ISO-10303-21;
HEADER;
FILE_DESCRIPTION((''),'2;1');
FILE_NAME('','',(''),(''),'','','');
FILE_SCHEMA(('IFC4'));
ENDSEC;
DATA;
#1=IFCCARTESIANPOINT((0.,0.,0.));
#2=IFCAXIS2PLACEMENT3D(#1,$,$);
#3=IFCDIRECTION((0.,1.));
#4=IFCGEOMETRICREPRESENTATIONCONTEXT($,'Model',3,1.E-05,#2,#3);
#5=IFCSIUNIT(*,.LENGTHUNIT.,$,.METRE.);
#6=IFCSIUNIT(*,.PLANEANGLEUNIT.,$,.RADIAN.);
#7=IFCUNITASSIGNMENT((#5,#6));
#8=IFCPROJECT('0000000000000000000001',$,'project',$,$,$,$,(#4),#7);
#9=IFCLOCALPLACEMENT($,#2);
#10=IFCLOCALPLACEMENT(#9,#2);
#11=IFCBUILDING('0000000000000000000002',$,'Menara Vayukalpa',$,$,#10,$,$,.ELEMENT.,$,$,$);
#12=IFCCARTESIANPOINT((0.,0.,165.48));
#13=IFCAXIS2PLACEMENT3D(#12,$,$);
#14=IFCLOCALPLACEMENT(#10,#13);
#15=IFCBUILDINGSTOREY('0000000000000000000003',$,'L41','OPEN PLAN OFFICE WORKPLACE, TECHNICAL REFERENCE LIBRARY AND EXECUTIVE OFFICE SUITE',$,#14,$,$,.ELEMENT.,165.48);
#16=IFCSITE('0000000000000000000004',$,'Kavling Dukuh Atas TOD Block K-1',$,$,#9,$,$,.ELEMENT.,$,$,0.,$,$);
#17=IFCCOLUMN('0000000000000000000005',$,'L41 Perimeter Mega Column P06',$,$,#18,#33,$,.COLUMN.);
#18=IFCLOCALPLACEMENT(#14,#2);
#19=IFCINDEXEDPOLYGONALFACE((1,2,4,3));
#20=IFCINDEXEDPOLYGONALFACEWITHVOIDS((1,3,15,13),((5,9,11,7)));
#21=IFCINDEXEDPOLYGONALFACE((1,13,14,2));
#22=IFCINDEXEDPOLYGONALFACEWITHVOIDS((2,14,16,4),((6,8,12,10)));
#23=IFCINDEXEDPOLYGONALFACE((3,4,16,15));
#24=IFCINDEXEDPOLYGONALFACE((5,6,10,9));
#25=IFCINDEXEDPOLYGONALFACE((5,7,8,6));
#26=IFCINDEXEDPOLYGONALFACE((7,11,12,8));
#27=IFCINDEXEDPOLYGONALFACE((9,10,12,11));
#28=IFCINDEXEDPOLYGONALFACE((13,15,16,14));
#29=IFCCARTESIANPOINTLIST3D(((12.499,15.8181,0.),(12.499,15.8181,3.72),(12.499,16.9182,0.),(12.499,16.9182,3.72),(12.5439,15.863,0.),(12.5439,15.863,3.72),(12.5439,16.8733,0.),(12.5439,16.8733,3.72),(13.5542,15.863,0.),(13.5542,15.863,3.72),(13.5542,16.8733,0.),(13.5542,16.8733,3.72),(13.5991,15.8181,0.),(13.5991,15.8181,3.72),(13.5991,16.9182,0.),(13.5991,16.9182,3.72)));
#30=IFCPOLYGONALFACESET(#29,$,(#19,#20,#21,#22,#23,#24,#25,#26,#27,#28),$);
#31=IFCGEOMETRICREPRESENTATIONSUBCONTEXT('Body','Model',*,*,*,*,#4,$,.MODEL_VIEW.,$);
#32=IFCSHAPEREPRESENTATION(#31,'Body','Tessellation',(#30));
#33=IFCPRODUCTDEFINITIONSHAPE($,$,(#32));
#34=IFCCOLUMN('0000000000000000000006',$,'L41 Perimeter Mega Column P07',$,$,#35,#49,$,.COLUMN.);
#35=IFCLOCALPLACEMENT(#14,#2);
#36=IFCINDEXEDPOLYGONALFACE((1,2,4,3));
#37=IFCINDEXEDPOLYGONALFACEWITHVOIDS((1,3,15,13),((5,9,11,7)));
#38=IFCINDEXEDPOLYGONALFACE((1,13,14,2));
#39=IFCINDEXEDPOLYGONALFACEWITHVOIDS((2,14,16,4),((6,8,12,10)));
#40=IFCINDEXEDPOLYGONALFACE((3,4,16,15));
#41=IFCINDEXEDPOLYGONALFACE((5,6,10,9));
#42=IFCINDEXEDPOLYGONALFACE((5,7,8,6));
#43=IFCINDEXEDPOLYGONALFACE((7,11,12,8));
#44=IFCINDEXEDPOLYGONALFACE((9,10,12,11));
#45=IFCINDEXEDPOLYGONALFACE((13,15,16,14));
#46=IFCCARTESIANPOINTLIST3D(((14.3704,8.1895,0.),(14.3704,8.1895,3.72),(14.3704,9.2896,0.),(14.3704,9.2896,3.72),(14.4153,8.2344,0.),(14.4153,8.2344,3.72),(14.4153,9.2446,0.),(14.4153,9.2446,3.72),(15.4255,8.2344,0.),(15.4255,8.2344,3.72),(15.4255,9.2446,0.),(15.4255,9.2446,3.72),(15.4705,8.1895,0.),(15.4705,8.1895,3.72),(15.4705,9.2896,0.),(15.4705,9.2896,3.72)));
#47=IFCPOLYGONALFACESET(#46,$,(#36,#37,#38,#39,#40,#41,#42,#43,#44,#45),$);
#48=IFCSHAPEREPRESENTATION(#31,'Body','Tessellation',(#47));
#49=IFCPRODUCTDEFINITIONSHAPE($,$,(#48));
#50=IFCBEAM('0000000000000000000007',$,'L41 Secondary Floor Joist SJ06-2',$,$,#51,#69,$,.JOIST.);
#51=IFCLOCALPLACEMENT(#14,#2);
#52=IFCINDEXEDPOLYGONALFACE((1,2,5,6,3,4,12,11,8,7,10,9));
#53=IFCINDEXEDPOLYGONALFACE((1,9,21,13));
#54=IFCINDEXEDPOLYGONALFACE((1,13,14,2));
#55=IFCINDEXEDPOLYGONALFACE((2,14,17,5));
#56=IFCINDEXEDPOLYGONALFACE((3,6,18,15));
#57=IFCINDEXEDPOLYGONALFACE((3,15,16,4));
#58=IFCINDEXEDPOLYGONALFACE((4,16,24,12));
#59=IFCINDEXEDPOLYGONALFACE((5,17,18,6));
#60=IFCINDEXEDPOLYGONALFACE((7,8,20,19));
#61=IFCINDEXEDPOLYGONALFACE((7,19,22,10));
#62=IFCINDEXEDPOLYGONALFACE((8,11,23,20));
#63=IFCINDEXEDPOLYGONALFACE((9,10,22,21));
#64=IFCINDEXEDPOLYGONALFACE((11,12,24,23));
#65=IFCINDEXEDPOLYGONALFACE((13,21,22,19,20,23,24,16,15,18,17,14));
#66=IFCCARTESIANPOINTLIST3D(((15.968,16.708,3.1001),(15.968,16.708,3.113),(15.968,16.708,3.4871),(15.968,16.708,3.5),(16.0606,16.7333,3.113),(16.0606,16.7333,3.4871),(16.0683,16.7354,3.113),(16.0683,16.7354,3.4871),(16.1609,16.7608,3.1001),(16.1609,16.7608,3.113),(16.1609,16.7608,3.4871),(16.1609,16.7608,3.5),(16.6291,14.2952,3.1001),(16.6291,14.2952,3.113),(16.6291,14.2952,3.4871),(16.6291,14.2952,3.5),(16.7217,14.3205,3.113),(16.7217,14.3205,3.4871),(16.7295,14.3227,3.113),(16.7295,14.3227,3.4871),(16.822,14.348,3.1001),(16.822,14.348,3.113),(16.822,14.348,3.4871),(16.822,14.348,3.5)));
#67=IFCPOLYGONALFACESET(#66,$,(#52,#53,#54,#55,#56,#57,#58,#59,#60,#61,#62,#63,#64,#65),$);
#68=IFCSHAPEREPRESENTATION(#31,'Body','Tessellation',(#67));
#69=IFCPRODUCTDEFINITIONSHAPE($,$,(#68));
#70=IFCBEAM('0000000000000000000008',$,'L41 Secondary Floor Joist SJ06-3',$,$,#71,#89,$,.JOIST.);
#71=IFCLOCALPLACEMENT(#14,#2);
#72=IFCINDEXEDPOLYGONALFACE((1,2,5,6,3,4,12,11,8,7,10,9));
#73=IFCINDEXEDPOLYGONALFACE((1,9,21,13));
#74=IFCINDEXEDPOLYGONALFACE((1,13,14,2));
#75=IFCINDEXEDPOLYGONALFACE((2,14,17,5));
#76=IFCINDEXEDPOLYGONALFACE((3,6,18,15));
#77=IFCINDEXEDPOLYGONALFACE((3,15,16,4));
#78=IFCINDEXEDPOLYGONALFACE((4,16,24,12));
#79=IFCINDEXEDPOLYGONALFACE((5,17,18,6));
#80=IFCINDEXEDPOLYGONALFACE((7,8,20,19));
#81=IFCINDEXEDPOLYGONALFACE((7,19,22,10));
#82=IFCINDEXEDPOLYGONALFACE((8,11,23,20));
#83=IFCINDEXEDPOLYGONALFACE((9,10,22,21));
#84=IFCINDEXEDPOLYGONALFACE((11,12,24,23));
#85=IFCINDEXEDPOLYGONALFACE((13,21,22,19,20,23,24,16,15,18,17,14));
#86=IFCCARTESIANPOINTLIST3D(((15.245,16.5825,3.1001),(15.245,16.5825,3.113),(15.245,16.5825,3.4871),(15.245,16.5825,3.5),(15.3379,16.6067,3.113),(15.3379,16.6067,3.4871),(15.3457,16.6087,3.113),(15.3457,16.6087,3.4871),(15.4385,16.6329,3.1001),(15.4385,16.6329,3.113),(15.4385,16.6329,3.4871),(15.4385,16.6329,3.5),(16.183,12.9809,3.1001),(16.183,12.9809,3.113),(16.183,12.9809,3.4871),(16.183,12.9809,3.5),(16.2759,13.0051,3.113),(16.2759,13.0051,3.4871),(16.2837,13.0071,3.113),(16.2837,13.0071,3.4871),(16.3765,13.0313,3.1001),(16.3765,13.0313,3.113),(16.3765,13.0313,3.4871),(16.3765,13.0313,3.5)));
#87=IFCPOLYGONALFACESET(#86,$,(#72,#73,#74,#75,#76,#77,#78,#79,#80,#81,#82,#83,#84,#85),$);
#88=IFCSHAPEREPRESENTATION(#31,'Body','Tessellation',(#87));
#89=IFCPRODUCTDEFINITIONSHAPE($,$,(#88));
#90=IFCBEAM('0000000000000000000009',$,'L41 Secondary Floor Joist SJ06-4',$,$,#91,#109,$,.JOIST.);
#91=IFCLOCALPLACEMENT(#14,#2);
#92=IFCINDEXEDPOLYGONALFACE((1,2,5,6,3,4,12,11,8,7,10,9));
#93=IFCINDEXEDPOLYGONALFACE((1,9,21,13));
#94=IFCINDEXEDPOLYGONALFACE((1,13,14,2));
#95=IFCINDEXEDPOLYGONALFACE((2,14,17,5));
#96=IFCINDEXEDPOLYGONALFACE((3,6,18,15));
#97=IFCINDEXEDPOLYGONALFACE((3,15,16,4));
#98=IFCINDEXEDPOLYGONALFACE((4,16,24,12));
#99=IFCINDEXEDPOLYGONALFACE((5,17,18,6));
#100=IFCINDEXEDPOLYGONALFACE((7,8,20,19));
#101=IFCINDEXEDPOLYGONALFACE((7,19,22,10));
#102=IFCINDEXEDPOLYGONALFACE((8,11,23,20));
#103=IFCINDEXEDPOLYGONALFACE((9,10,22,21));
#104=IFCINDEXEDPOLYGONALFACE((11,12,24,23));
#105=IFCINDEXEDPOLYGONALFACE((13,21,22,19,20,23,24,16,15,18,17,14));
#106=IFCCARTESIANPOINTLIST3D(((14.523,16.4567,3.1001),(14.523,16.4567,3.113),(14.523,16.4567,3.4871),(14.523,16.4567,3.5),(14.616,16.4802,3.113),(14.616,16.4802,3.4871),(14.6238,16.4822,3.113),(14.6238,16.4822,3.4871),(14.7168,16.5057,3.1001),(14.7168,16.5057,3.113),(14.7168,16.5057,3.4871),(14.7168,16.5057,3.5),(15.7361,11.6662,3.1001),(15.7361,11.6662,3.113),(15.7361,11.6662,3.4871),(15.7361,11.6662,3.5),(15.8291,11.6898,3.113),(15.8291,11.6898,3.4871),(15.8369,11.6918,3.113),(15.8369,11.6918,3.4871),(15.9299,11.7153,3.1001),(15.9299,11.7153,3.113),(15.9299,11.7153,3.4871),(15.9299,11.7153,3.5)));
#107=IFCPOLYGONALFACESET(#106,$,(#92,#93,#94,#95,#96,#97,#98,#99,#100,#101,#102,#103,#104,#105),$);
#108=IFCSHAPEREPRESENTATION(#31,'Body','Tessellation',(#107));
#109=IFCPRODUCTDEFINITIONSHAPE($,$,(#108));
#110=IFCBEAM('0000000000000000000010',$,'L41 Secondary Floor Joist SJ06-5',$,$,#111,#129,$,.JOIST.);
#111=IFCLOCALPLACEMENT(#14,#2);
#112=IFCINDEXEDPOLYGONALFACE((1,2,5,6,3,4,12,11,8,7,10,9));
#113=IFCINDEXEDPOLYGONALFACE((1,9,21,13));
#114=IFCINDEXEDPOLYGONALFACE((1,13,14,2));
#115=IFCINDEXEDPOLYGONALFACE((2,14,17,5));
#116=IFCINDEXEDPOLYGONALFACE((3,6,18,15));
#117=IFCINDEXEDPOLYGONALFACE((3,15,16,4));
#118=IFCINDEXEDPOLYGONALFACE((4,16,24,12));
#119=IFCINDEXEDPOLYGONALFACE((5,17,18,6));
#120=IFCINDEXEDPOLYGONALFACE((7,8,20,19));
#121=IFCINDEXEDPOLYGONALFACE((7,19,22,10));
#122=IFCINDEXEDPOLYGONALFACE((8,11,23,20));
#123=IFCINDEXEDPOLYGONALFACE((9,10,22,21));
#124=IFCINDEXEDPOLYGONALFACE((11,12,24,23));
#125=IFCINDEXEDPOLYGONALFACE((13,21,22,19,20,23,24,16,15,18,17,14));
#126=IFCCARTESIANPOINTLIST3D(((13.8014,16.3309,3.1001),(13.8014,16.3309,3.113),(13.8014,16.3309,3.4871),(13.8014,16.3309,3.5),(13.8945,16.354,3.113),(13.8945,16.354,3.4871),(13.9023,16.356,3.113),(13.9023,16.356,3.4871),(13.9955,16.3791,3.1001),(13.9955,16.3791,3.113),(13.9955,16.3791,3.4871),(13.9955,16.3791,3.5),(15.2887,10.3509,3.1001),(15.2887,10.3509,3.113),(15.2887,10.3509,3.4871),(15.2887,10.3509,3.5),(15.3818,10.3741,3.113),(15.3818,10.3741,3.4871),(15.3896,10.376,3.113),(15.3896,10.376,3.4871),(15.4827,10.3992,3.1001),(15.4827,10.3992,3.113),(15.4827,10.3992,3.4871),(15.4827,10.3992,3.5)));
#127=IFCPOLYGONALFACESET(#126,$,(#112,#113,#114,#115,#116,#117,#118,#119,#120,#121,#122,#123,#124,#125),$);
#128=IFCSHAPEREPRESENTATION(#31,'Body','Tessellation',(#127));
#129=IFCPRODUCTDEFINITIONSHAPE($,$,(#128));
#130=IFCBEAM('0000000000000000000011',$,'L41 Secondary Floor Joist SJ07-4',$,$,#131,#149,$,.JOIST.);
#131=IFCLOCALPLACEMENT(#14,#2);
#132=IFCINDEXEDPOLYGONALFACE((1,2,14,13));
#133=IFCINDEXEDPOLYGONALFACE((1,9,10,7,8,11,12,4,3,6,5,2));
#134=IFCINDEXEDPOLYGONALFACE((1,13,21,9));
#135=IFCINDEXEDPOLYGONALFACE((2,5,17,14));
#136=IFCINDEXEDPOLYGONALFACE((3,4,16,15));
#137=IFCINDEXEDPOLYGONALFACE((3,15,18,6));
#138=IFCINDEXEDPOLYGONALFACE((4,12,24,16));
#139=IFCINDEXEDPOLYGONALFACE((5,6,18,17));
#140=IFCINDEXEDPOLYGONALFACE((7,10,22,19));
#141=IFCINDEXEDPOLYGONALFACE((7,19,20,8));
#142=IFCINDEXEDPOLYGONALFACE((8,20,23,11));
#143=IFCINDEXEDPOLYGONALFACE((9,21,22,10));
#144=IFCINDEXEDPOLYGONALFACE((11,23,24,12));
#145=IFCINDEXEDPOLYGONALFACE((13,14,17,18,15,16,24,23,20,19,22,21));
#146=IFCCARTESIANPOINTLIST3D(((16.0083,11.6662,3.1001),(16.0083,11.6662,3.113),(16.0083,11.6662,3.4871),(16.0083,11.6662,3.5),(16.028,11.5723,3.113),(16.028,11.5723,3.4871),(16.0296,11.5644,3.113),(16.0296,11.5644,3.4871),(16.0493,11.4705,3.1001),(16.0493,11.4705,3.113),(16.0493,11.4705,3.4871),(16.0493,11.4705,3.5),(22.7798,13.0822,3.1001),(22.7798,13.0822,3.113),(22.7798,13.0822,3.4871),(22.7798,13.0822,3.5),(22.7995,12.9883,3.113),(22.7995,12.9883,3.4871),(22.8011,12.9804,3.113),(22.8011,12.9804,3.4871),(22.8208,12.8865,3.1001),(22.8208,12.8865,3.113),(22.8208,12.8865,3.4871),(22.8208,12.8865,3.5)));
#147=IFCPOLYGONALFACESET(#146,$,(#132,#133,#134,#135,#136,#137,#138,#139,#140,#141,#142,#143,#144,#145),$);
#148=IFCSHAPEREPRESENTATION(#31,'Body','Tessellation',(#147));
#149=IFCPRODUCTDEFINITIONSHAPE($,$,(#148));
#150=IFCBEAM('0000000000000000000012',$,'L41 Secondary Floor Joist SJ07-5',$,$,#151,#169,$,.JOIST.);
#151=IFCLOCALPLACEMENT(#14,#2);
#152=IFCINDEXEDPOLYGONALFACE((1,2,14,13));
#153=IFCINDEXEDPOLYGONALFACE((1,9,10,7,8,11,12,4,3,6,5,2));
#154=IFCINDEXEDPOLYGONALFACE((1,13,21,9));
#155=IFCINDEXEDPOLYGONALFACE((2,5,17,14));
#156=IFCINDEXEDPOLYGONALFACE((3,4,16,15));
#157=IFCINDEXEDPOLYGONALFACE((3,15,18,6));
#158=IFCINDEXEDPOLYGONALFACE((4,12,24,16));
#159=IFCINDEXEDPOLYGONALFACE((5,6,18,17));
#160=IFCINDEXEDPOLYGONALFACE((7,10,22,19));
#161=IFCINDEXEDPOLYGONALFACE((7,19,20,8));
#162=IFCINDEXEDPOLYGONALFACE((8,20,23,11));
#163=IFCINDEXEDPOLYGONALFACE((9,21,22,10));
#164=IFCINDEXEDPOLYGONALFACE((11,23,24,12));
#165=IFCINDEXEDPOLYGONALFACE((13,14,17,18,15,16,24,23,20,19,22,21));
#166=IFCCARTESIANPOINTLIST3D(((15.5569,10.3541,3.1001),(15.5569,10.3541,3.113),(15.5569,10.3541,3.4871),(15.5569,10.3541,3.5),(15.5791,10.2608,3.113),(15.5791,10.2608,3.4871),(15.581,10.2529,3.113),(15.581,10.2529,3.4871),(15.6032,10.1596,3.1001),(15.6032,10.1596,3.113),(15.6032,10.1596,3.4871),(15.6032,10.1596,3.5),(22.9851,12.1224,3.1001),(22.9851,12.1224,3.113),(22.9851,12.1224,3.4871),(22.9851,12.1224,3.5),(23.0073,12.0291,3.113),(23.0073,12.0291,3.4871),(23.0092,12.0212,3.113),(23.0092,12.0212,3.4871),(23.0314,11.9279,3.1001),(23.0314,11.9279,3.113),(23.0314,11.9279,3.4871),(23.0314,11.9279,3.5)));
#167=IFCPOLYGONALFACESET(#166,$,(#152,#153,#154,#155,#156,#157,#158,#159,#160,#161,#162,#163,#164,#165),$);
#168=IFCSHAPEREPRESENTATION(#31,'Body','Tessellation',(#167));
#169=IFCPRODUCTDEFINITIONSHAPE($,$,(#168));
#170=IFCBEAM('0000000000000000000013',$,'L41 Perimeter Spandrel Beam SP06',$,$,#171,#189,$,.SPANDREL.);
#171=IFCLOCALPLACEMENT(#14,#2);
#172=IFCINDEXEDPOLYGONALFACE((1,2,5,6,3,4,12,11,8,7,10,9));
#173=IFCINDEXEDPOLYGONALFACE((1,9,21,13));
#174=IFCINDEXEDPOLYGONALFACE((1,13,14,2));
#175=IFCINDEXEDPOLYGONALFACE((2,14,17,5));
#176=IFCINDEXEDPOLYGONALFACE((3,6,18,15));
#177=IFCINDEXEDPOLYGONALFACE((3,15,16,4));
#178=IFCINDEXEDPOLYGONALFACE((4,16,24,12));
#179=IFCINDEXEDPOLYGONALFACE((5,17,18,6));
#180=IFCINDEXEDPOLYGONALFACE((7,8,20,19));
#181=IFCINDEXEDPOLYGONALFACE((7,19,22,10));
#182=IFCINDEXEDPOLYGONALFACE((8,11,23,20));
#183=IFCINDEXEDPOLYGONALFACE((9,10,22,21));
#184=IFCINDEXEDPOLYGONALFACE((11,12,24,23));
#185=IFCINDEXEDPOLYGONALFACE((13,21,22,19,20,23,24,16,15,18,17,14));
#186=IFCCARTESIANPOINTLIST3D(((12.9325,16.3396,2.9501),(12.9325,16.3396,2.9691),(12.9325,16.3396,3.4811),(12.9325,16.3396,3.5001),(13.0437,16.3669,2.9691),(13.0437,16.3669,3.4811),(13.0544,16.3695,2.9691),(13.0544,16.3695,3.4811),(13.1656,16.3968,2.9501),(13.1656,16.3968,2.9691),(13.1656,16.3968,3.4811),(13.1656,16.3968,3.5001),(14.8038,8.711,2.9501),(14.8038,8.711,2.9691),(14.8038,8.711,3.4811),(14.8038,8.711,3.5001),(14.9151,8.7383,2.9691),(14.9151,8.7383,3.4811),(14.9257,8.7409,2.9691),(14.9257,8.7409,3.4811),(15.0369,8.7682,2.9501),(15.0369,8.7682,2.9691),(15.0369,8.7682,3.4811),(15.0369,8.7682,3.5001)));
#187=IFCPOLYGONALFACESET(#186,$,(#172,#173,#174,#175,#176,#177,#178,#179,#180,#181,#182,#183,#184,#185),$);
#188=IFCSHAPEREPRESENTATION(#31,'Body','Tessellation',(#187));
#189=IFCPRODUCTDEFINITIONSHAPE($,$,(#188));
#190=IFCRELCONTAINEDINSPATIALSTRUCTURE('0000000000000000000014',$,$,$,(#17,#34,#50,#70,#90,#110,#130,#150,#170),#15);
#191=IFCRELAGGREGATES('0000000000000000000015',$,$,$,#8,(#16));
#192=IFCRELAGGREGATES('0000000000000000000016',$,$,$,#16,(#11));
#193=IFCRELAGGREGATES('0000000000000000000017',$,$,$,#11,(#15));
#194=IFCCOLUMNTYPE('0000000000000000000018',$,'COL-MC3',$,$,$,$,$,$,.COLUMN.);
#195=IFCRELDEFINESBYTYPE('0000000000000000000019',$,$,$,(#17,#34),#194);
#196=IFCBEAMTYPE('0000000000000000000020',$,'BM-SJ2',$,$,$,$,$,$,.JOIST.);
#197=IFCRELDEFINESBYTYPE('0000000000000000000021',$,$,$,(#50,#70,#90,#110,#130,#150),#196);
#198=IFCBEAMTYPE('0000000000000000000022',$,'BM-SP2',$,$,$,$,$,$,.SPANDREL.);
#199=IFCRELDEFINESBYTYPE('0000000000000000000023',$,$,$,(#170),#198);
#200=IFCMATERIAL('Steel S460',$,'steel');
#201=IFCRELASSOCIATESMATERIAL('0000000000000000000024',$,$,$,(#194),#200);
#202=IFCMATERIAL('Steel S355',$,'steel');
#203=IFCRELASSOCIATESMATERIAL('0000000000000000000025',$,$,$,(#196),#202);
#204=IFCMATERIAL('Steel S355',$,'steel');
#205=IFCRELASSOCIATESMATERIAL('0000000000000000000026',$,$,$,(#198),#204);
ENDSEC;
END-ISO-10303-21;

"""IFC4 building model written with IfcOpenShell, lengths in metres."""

from ifc_helpers import new_model, si_unit, direction, frame, origin, origin_2d, place, context, subcontext, project, spatial, hollow_rectangle, i_section, extrude, material, material_profile, profile_set, type_object, element, save


model = new_model("IFC4")

# Units and contexts
model_context = context("Model", 3, precision=1e-05, world=origin(), true_north=direction((0.0, 1.0)))
body_context = subcontext(model_context, "Body", "Model", "MODEL_VIEW")
ifc_project = project(units=[si_unit("LENGTHUNIT", "METRE"), si_unit("PLANEANGLEUNIT", "RADIAN")], contexts=[model_context])

# Site, building, storey
site_placement = place(None, origin())
site = spatial("IfcSite", under=ifc_project, at=site_placement, Name="Kavling Dukuh Atas TOD Block K-1", CompositionType="ELEMENT", RefElevation=0.0)
building_placement = place(site_placement, origin())
building = spatial("IfcBuilding", under=site, at=building_placement, Name="Menara Vayukalpa", CompositionType="ELEMENT")
storey_placement = place(building_placement, frame((0.0, 0.0, 165.48)))
storey = spatial("IfcBuildingStorey", under=building, at=storey_placement, Name="L41", Description="OPEN PLAN OFFICE WORKPLACE, TECHNICAL REFERENCE LIBRARY AND EXECUTIVE OFFICE SUITE", CompositionType="ELEMENT", Elevation=165.48)

# Columns
ifc_material_1 = material(Name="Steel S460", Category="steel")
ifc_material_profile_1 = material_profile(ifc_material_1, hollow_rectangle(XDim=1.1001, YDim=1.1001, WallThickness=0.0449, at=origin_2d()), Name="BOX 1100x1100x45")
ifc_profile_set_1 = profile_set([ifc_material_profile_1], Name="Steel S460")
column_type = type_object("IfcColumnType", Name="COL-MC3", PredefinedType="COLUMN", material=ifc_profile_set_1)
for number, where, z_axis, x_axis, name in (
    (1, (13.0491, 16.3682, 0.0), (0.0, 0.0, 1.0), (1.0, 0.0, 0.0), "L41 Perimeter Mega Column P06"),
    (2, (14.9204, 8.7395, 0.0), (0.0, 0.0, 1.0), (1.0, 0.0, 0.0), "L41 Perimeter Mega Column P07"),
):
    element("IfcColumn", number, at=place(storey_placement, frame(where, z_axis=z_axis, x_axis=x_axis)), inside=storey, type_object=column_type, Name=name, PredefinedType="COLUMN", context=body_context, shape_type="SweptSolid", body=[
        extrude(hollow_rectangle(XDim=1.1001, YDim=1.1001, WallThickness=0.0449, at=origin_2d()), origin(), (0.0, 0.0, 1.0), 3.72),
    ])

# Beams
ifc_material_2 = material(Name="Steel S355", Category="steel")
ifc_material_profile_2 = material_profile(ifc_material_2, i_section(OverallWidth=0.2, OverallDepth=0.3999, WebThickness=0.0081, FlangeThickness=0.0129, at=origin_2d()), Name="WF 400x200x8x13")
ifc_profile_set_2 = profile_set([ifc_material_profile_2], Name="Steel S355")
beam_type_1 = type_object("IfcBeamType", Name="BM-SJ2", PredefinedType="JOIST", material=ifc_profile_set_2)
beam_1_placement = place(storey_placement, frame((16.0645, 16.7344, 3.3), z_axis=(0.264265, -0.96445, 0.0), x_axis=(0.96445, 0.264265, 0.0)))
element("IfcBeam", 3, at=beam_1_placement, inside=storey, type_object=beam_type_1, Name="L41 Secondary Floor Joist SJ06-2", PredefinedType="JOIST", context=body_context, shape_type="SweptSolid", body=[
    extrude(i_section(OverallWidth=0.2, OverallDepth=0.3999, WebThickness=0.0081, FlangeThickness=0.0129, at=origin_2d()), origin(), (0.0, 0.0, 1.0), 2.5017),
])
beam_2_placement = place(storey_placement, frame((15.3418, 16.6077, 3.3), z_axis=(0.252032, -0.967719, 0.0), x_axis=(0.967719, 0.252032, 0.0)))
element("IfcBeam", 4, at=beam_2_placement, inside=storey, type_object=beam_type_1, Name="L41 Secondary Floor Joist SJ06-3", PredefinedType="JOIST", context=body_context, shape_type="SweptSolid", body=[
    extrude(i_section(OverallWidth=0.2, OverallDepth=0.3999, WebThickness=0.0081, FlangeThickness=0.0129, at=origin_2d()), origin(), (0.0, 0.0, 1.0), 3.7217),
])
beam_3_placement = place(storey_placement, frame((14.6199, 16.4812, 3.3), z_axis=(0.245487, -0.9694, 0.0), x_axis=(0.9694, 0.245487, 0.0)))
element("IfcBeam", 5, at=beam_3_placement, inside=storey, type_object=beam_type_1, Name="L41 Secondary Floor Joist SJ06-4", PredefinedType="JOIST", context=body_context, shape_type="SweptSolid", body=[
    extrude(i_section(OverallWidth=0.2, OverallDepth=0.3999, WebThickness=0.0081, FlangeThickness=0.0129, at=origin_2d()), origin(), (0.0, 0.0, 1.0), 4.9417),
])
beam_4_placement = place(storey_placement, frame((13.8984, 16.355, 3.3), z_axis=(0.241361, -0.970435, 0.0), x_axis=(0.970435, 0.241361, 0.0)))
element("IfcBeam", 6, at=beam_4_placement, inside=storey, type_object=beam_type_1, Name="L41 Secondary Floor Joist SJ06-5", PredefinedType="JOIST", context=body_context, shape_type="SweptSolid", body=[
    extrude(i_section(OverallWidth=0.2, OverallDepth=0.3999, WebThickness=0.0081, FlangeThickness=0.0129, at=origin_2d()), origin(), (0.0, 0.0, 1.0), 6.1621),
])
beam_5_placement = place(storey_placement, frame((16.0288, 11.5684, 3.3), z_axis=(0.978827, 0.204687, 0.0), x_axis=(-0.204687, 0.978827, 0.0)))
element("IfcBeam", 7, at=beam_5_placement, inside=storey, type_object=beam_type_1, Name="L41 Secondary Floor Joist SJ07-4", PredefinedType="JOIST", context=body_context, shape_type="SweptSolid", body=[
    extrude(i_section(OverallWidth=0.2, OverallDepth=0.3999, WebThickness=0.0081, FlangeThickness=0.0129, at=origin_2d()), origin(), (0.0, 0.0, 1.0), 6.918),
])
beam_6_placement = place(storey_placement, frame((15.5801, 10.2568, 3.3), z_axis=(0.972815, 0.231582, 0.0), x_axis=(-0.231582, 0.972815, 0.0)))
element("IfcBeam", 8, at=beam_6_placement, inside=storey, type_object=beam_type_1, Name="L41 Secondary Floor Joist SJ07-5", PredefinedType="JOIST", context=body_context, shape_type="SweptSolid", body=[
    extrude(i_section(OverallWidth=0.2, OverallDepth=0.3999, WebThickness=0.0081, FlangeThickness=0.0129, at=origin_2d()), origin(), (0.0, 0.0, 1.0), 7.6357),
])
ifc_material_3 = material(Name="Steel S355", Category="steel")
ifc_material_profile_3 = material_profile(ifc_material_3, i_section(OverallWidth=0.24, OverallDepth=0.55, WebThickness=0.011, FlangeThickness=0.019, at=origin_2d()), Name="WF 550x240x11x19")
ifc_profile_set_3 = profile_set([ifc_material_profile_3], Name="Steel S355")
beam_type_2 = type_object("IfcBeamType", Name="BM-SP2", PredefinedType="SPANDREL", material=ifc_profile_set_3)
beam_7_placement = place(storey_placement, frame((13.0491, 16.3682, 3.2251), z_axis=(0.23824, -0.971206, 0.0), x_axis=(0.971206, 0.23824, 0.0)))
element("IfcBeam", 9, at=beam_7_placement, inside=storey, type_object=beam_type_2, Name="L41 Perimeter Spandrel Beam SP06", PredefinedType="SPANDREL", context=body_context, shape_type="SweptSolid", body=[
    extrude(i_section(OverallWidth=0.24, OverallDepth=0.55, WebThickness=0.011, FlangeThickness=0.019, at=origin_2d()), origin(), (0.0, 0.0, 1.0), 7.8547),
])

save(model, "model.ifc")
